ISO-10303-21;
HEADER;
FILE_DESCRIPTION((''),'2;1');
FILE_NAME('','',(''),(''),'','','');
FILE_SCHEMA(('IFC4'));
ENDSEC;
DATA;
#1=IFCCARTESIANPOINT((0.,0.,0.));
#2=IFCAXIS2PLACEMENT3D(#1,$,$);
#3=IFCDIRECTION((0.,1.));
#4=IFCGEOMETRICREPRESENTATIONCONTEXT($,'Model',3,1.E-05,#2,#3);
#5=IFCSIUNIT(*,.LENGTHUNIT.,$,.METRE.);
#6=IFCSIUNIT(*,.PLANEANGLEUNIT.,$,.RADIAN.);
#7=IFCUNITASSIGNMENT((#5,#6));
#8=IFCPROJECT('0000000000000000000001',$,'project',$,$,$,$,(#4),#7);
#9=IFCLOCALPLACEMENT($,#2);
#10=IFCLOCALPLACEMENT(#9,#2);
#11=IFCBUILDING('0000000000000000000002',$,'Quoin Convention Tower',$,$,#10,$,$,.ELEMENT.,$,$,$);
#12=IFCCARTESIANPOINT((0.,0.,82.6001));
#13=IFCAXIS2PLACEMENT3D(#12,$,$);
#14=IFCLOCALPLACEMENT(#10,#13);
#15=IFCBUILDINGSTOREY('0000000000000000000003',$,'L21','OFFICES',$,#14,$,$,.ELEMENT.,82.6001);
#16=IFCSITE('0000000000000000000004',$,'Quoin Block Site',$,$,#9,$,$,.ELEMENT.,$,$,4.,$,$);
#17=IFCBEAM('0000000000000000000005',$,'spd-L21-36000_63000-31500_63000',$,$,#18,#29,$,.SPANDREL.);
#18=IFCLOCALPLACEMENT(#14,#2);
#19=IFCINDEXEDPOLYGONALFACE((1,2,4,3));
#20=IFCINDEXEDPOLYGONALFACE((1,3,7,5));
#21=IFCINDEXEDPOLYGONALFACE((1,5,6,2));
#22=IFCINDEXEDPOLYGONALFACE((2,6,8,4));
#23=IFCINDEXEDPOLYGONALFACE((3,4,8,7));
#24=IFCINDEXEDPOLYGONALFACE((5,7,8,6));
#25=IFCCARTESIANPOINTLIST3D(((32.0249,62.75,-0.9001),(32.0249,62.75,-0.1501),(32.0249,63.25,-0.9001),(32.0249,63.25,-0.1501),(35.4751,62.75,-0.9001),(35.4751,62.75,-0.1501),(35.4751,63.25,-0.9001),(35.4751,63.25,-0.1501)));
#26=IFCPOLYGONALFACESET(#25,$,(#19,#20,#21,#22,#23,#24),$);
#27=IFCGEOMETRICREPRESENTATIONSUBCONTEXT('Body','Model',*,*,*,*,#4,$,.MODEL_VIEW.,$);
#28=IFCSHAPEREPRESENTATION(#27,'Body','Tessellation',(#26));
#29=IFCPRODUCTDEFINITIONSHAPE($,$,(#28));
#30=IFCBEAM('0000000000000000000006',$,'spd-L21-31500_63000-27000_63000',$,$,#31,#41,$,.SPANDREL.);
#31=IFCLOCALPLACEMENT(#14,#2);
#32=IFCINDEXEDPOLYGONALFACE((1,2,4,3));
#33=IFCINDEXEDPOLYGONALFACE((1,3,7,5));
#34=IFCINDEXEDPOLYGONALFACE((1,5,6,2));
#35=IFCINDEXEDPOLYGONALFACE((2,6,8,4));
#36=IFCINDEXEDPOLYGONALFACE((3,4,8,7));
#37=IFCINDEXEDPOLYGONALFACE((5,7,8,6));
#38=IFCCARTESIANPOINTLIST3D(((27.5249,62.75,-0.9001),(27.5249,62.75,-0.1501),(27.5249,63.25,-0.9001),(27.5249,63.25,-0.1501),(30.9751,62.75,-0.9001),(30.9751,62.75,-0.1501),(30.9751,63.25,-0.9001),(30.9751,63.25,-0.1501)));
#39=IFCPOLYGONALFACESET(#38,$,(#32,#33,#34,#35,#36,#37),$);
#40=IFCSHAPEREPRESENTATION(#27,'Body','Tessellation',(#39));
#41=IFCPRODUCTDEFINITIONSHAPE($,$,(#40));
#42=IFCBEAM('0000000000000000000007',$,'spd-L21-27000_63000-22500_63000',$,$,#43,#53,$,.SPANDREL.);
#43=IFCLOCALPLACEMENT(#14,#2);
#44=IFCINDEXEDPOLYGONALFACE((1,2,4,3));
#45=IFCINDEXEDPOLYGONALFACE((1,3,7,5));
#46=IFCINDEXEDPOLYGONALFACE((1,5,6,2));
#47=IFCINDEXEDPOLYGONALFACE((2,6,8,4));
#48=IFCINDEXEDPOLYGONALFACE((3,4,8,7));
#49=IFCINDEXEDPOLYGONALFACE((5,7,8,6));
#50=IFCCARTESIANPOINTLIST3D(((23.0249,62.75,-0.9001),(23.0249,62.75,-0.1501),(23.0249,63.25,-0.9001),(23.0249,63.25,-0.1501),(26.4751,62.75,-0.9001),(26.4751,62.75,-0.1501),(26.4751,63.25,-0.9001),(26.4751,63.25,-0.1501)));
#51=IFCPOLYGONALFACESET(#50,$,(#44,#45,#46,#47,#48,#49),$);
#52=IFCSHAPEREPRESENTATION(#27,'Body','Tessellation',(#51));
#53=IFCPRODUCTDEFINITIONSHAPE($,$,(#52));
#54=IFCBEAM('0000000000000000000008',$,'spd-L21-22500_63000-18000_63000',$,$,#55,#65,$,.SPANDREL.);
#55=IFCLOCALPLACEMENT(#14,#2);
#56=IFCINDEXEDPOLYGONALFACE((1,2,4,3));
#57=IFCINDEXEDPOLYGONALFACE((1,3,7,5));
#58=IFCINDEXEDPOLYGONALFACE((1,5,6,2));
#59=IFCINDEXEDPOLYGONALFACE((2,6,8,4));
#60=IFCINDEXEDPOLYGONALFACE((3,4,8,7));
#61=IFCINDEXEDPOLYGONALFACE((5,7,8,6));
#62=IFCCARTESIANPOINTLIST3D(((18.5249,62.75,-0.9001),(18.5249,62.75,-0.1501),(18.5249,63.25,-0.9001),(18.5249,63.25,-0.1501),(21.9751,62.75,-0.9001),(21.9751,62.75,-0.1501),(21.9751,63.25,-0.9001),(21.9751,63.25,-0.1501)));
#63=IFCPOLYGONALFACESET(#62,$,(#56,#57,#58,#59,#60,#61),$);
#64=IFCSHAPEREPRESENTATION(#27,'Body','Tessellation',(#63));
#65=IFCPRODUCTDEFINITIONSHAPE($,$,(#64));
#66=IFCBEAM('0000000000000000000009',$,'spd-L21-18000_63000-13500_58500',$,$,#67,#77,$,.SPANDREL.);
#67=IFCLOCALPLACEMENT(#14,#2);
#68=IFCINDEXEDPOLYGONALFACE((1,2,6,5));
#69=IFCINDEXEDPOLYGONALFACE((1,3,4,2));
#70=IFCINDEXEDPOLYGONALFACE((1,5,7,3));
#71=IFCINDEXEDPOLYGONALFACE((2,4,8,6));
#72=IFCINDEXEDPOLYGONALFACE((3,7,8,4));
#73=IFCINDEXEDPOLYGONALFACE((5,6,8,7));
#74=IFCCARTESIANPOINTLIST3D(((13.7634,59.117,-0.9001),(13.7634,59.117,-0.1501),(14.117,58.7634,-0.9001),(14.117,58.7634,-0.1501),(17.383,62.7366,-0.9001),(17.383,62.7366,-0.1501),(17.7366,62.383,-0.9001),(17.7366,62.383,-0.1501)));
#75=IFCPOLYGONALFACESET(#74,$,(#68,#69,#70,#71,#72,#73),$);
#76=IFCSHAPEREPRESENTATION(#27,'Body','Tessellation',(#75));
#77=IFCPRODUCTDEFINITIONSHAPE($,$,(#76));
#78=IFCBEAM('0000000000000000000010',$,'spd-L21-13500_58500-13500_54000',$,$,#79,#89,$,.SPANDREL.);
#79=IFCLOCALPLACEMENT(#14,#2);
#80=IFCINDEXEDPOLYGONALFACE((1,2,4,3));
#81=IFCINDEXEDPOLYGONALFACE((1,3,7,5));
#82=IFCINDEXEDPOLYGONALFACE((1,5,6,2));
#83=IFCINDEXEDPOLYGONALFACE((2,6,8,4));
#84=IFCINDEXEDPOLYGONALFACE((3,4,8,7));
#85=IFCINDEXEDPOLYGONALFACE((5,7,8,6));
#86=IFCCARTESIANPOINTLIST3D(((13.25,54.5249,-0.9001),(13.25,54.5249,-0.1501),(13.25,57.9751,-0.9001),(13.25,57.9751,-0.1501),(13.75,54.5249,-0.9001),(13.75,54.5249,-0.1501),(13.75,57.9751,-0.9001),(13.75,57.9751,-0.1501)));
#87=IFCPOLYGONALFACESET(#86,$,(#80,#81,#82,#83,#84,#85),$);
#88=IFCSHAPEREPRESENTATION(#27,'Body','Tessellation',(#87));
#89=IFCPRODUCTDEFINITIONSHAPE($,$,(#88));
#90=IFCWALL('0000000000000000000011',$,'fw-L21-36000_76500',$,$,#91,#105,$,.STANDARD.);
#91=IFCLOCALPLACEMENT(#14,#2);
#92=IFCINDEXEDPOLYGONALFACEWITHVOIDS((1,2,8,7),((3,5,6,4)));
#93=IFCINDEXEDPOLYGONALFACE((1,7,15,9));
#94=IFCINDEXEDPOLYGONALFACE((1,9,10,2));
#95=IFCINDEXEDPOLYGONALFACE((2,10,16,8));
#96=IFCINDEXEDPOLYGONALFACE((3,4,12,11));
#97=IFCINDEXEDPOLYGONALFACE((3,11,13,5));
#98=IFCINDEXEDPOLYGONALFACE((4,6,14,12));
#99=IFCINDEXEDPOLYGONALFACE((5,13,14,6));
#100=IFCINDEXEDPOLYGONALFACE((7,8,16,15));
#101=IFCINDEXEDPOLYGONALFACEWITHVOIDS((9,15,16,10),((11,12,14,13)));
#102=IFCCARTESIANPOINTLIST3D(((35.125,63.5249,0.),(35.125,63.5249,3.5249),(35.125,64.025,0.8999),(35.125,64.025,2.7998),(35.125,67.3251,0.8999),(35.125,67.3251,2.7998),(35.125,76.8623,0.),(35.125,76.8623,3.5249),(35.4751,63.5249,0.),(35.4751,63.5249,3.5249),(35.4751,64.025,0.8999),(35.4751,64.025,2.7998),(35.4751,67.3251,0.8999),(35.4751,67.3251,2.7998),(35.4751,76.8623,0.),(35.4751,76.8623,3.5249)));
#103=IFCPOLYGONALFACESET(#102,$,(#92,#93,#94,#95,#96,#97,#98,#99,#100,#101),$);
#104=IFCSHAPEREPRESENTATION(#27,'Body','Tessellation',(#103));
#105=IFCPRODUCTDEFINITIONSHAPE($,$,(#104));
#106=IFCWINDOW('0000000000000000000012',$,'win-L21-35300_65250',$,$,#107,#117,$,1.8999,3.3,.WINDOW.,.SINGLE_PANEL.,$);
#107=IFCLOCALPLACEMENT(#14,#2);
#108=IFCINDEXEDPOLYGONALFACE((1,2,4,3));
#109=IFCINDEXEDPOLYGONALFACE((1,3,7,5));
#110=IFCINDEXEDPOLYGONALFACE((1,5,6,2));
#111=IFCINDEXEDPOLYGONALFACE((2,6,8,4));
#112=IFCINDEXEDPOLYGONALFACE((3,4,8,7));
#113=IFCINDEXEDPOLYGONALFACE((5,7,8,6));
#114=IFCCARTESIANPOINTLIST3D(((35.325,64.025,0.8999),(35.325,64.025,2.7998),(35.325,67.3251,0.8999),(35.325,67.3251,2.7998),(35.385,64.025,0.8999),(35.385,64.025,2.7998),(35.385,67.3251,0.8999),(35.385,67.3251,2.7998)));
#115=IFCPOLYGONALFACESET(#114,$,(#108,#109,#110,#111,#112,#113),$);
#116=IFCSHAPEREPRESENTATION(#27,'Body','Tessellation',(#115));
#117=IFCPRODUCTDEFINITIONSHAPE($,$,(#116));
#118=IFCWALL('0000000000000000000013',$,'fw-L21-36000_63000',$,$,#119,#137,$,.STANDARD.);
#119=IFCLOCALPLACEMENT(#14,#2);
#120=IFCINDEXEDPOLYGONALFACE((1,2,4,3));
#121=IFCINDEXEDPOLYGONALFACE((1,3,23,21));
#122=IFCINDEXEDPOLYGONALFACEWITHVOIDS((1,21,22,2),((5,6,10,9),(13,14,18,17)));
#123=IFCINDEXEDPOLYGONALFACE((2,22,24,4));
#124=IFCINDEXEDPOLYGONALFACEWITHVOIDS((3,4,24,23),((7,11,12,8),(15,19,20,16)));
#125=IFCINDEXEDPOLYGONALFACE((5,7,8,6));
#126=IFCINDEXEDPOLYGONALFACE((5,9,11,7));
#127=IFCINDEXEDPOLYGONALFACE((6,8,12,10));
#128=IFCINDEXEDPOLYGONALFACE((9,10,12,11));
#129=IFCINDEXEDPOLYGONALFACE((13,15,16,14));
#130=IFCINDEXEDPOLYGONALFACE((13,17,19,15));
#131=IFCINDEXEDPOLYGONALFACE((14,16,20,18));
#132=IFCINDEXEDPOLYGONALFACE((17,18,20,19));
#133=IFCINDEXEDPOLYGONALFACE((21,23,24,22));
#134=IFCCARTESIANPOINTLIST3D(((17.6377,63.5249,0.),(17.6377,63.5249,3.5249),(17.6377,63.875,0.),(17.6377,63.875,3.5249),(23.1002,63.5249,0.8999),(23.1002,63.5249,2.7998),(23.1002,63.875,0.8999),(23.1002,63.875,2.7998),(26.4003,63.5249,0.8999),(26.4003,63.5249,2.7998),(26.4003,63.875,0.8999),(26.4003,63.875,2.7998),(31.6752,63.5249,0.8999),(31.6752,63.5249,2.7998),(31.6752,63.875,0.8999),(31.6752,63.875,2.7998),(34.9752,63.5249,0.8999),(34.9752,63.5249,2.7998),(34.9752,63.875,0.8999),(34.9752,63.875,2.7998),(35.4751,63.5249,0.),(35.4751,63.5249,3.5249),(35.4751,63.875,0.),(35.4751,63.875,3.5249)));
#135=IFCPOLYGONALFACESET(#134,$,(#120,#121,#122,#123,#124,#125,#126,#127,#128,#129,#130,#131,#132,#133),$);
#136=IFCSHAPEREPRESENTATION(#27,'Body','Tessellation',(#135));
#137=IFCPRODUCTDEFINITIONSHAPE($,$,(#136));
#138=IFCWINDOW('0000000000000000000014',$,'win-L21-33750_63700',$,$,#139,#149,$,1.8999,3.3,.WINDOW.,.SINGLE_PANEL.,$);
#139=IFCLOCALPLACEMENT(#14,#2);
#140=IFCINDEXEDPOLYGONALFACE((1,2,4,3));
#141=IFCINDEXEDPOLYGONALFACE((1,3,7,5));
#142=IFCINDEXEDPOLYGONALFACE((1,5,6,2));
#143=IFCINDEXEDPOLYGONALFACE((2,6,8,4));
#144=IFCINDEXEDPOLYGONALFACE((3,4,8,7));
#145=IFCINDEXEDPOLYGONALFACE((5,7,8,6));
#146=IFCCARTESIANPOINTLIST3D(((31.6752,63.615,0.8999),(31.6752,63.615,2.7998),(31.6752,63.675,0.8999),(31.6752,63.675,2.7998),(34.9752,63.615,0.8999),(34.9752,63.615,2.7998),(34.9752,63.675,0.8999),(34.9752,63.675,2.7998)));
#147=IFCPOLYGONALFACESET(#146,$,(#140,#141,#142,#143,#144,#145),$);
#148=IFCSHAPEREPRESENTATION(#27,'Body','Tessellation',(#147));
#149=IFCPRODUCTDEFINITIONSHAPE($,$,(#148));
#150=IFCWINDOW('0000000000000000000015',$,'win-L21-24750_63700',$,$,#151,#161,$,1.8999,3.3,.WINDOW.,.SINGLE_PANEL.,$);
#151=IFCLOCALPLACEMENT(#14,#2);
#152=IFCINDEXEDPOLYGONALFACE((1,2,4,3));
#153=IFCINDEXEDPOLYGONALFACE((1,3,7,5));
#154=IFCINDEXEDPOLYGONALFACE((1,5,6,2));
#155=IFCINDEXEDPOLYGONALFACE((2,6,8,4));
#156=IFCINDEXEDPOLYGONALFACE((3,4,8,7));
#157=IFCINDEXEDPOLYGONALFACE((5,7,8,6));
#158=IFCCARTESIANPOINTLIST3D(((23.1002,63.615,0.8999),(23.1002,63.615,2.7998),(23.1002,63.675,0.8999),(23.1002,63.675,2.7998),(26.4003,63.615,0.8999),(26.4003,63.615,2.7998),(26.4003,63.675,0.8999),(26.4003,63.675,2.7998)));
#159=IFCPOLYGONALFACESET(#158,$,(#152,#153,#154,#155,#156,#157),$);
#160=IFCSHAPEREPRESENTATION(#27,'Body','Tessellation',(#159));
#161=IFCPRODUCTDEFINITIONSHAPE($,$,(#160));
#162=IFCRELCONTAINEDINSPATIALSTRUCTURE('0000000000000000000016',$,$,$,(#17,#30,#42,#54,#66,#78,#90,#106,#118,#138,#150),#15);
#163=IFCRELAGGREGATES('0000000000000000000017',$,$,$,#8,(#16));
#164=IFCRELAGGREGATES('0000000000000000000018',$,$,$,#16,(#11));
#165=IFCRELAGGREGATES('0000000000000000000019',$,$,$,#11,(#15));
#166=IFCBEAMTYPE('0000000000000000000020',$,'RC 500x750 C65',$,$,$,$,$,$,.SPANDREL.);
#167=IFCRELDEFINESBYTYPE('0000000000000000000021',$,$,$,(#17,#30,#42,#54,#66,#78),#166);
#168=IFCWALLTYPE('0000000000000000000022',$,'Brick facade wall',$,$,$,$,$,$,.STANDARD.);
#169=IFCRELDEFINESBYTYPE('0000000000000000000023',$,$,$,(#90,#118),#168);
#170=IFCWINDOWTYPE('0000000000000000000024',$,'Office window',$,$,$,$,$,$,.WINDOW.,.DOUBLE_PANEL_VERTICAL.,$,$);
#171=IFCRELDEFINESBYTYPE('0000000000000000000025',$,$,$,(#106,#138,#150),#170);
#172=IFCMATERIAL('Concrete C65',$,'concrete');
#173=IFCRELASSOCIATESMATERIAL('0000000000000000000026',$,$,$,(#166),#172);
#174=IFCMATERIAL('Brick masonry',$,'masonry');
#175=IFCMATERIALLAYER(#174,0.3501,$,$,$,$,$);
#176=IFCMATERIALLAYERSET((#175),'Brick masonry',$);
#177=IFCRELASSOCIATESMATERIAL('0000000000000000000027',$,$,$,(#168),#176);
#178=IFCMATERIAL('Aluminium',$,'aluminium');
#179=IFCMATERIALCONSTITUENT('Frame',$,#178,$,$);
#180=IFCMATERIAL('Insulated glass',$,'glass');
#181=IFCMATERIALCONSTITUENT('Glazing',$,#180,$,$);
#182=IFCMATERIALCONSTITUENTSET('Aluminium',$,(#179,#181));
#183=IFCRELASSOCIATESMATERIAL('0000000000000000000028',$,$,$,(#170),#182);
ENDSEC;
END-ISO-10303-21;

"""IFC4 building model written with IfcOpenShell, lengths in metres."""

from ifc_helpers import new_model, si_unit, direction, frame, frame_2d, origin, origin_2d, place, context, subcontext, project, spatial, rectangle, extrude, material, layer, layer_set, constituent, constituent_set, material_profile, profile_set, type_object, element, fill, save


model = new_model("IFC4")

# Units and contexts
model_context = context("Model", 3, precision=1e-05, world=origin(), true_north=direction((0.0, 1.0)))
body_context = subcontext(model_context, "Body", "Model", "MODEL_VIEW")
ifc_project = project(units=[si_unit("LENGTHUNIT", "METRE"), si_unit("PLANEANGLEUNIT", "RADIAN")], contexts=[model_context])

# Site, building, storey
site_placement = place(None, origin())
site = spatial("IfcSite", under=ifc_project, at=site_placement, Name="Quoin Block Site", CompositionType="ELEMENT", RefElevation=4.0)
building_placement = place(site_placement, origin())
building = spatial("IfcBuilding", under=site, at=building_placement, Name="Quoin Convention Tower", CompositionType="ELEMENT")
storey_placement = place(building_placement, frame((0.0, 0.0, 82.6001)))
storey = spatial("IfcBuildingStorey", under=building, at=storey_placement, Name="L21", Description="OFFICES", CompositionType="ELEMENT", Elevation=82.6001)

# Shared definitions
ifc_material_1 = material(Name="Concrete C65", Category="concrete")

# Beams
ifc_material_profile_1 = material_profile(ifc_material_1, rectangle(XDim=0.5, YDim=0.75, at=origin_2d()), Name="RC 500x750")
ifc_profile_set_1 = profile_set([ifc_material_profile_1], Name="Concrete C65")
beam_type_1 = type_object("IfcBeamType", Name="RC 500x750 C65", PredefinedType="SPANDREL", material=ifc_profile_set_1)
for number, where, z_axis, x_axis, name in (
    (1, (35.4751, 63.0, -0.5251), (-1.0, 0.0, 0.0), (0.0, -1.0, 0.0), "spd-L21-36000_63000-31500_63000"),
    (2, (30.9751, 63.0, -0.5251), (-1.0, 0.0, 0.0), (0.0, -1.0, 0.0), "spd-L21-31500_63000-27000_63000"),
    (3, (26.4751, 63.0, -0.5251), (-1.0, 0.0, 0.0), (0.0, -1.0, 0.0), "spd-L21-27000_63000-22500_63000"),
    (4, (21.9751, 63.0, -0.5251), (-1.0, 0.0, 0.0), (0.0, -1.0, 0.0), "spd-L21-22500_63000-18000_63000"),
):
    element("IfcBeam", number, at=place(storey_placement, frame(where, z_axis=z_axis, x_axis=x_axis)), inside=storey, type_object=beam_type_1, Name=name, PredefinedType="SPANDREL", context=body_context, shape_type="SweptSolid", body=[
        extrude(rectangle(XDim=0.5, YDim=0.75, at=origin_2d()), origin(), (0.0, 0.0, 1.0), 3.4502),
    ])
beam_1_placement = place(storey_placement, frame((17.5598, 62.5598, -0.5251), z_axis=(-0.707107, -0.707107, 0.0), x_axis=(0.707107, -0.707107, 0.0)))
element("IfcBeam", 5, at=beam_1_placement, inside=storey, type_object=beam_type_1, Name="spd-L21-18000_63000-13500_58500", PredefinedType="SPANDREL", context=body_context, shape_type="SweptSolid", body=[
    extrude(rectangle(XDim=0.5, YDim=0.75, at=origin_2d()), origin(), (0.0, 0.0, 1.0), 5.1189),
])
beam_2_placement = place(storey_placement, frame((13.5, 57.9751, -0.5251), z_axis=(0.0, -1.0, 0.0), x_axis=(1.0, 0.0, 0.0)))
element("IfcBeam", 6, at=beam_2_placement, inside=storey, type_object=beam_type_1, Name="spd-L21-13500_58500-13500_54000", PredefinedType="SPANDREL", context=body_context, shape_type="SweptSolid", body=[
    extrude(rectangle(XDim=0.5, YDim=0.75, at=origin_2d()), origin(), (0.0, 0.0, 1.0), 3.4502),
])

# Wall, opening, window
ifc_material_2 = material(Name="Brick masonry", Category="masonry")
ifc_layer_1 = layer(ifc_material_2, 0.3501)
ifc_layer_set_1 = layer_set([ifc_layer_1], Name="Brick masonry")
wall_type_1 = type_object("IfcWallType", Name="Brick facade wall", PredefinedType="STANDARD", material=ifc_layer_set_1)
wall_1_placement = place(storey_placement, frame((35.3, 76.8623, 0.0), z_axis=(0.0, 0.0, 1.0), x_axis=(0.0, -1.0, 0.0)))
wall_1 = element("IfcWall", 7, at=wall_1_placement, inside=storey, type_object=wall_type_1, Name="fw-L21-36000_76500", PredefinedType="STANDARD", context=body_context, shape_type="SweptSolid", body=[
    extrude(rectangle(XDim=13.3374, YDim=0.3501, at=frame_2d((6.6687, 0.0))), origin(), (0.0, 0.0, 1.0), 3.5249),
])
opening_1_placement = place(wall_1_placement, frame((9.5374, 0.0, 0.8999)))
opening_1 = element("IfcOpeningElement", 8, at=opening_1_placement, cuts=wall_1, PredefinedType="OPENING", context=body_context, shape_type="SweptSolid", body=[
    extrude(rectangle(XDim=3.3, YDim=1.8999, at=frame_2d((1.6499, 0.95))), frame((0.0, 0.1851, 0.0), z_axis=(0.0, -1.0, 0.0), x_axis=(1.0, 0.0, 0.0)), (0.0, 0.0, 1.0), 0.3701),
])
ifc_material_3 = material(Name="Aluminium", Category="aluminium")
ifc_constituent_1 = constituent(ifc_material_3, Name="Frame")
ifc_material_4 = material(Name="Insulated glass", Category="glass")
ifc_constituent_2 = constituent(ifc_material_4, Name="Glazing")
ifc_constituent_set = constituent_set(constituents=[ifc_constituent_1, ifc_constituent_2], Name="Aluminium")
window_type = type_object("IfcWindowType", Name="Office window", PartitioningType="DOUBLE_PANEL_VERTICAL", PredefinedType="WINDOW", material=ifc_constituent_set)
window_1_placement = place(opening_1_placement, origin())
window_1 = element("IfcWindow", 9, at=window_1_placement, inside=storey, type_object=window_type, Name="win-L21-35300_65250", OverallHeight=1.8999, OverallWidth=3.3, PartitioningType="SINGLE_PANEL", PredefinedType="WINDOW", context=body_context, shape_type="SweptSolid", body=[
    extrude(rectangle(XDim=3.3, YDim=1.8999, at=frame_2d((1.6499, 0.95))), frame((0.0, 0.085, 0.0), z_axis=(0.0, -1.0, 0.0), x_axis=(1.0, 0.0, 0.0)), (0.0, 0.0, 1.0), 0.0601),
])
fill(opening_1, window_1)

# Wall, openings, windows
wall_2_placement = place(storey_placement, frame((35.4751, 63.7, 0.0), z_axis=(0.0, 0.0, 1.0), x_axis=(-1.0, 0.0, 0.0)))
wall_2 = element("IfcWall", 10, at=wall_2_placement, inside=storey, type_object=wall_type_1, Name="fw-L21-36000_63000", PredefinedType="STANDARD", context=body_context, shape_type="SweptSolid", body=[
    extrude(rectangle(XDim=17.8374, YDim=0.3501, at=frame_2d((8.9187, 0.0))), origin(), (0.0, 0.0, 1.0), 3.5249),
])
opening_2_placement = place(wall_2_placement, frame((0.5, 0.0, 0.8999)))
opening_2 = element("IfcOpeningElement", 11, at=opening_2_placement, cuts=wall_2, PredefinedType="OPENING", context=body_context, shape_type="SweptSolid", body=[
    extrude(rectangle(XDim=3.3, YDim=1.8999, at=frame_2d((1.6499, 0.95))), frame((0.0, 0.1851, 0.0), z_axis=(0.0, -1.0, 0.0), x_axis=(1.0, 0.0, 0.0)), (0.0, 0.0, 1.0), 0.3701),
])
opening_3_placement = place(wall_2_placement, frame((9.075, 0.0, 0.8999)))
opening_3 = element("IfcOpeningElement", 12, at=opening_3_placement, cuts=wall_2, PredefinedType="OPENING", context=body_context, shape_type="SweptSolid", body=[
    extrude(rectangle(XDim=3.3, YDim=1.8999, at=frame_2d((1.6499, 0.95))), frame((0.0, 0.1851, 0.0), z_axis=(0.0, -1.0, 0.0), x_axis=(1.0, 0.0, 0.0)), (0.0, 0.0, 1.0), 0.3701),
])
window_2_placement = place(opening_2_placement, origin())
window_2 = element("IfcWindow", 13, at=window_2_placement, inside=storey, type_object=window_type, Name="win-L21-33750_63700", OverallHeight=1.8999, OverallWidth=3.3, PartitioningType="SINGLE_PANEL", PredefinedType="WINDOW", context=body_context, shape_type="SweptSolid", body=[
    extrude(rectangle(XDim=3.3, YDim=1.8999, at=frame_2d((1.6499, 0.95))), frame((0.0, 0.085, 0.0), z_axis=(0.0, -1.0, 0.0), x_axis=(1.0, 0.0, 0.0)), (0.0, 0.0, 1.0), 0.0601),
])
fill(opening_2, window_2)
window_3_placement = place(opening_3_placement, origin())
window_3 = element("IfcWindow", 14, at=window_3_placement, inside=storey, type_object=window_type, Name="win-L21-24750_63700", OverallHeight=1.8999, OverallWidth=3.3, PartitioningType="SINGLE_PANEL", PredefinedType="WINDOW", context=body_context, shape_type="SweptSolid", body=[
    extrude(rectangle(XDim=3.3, YDim=1.8999, at=frame_2d((1.6499, 0.95))), frame((0.0, 0.085, 0.0), z_axis=(0.0, -1.0, 0.0), x_axis=(1.0, 0.0, 0.0)), (0.0, 0.0, 1.0), 0.0601),
])
fill(opening_3, window_3)

save(model, "model.ifc")
